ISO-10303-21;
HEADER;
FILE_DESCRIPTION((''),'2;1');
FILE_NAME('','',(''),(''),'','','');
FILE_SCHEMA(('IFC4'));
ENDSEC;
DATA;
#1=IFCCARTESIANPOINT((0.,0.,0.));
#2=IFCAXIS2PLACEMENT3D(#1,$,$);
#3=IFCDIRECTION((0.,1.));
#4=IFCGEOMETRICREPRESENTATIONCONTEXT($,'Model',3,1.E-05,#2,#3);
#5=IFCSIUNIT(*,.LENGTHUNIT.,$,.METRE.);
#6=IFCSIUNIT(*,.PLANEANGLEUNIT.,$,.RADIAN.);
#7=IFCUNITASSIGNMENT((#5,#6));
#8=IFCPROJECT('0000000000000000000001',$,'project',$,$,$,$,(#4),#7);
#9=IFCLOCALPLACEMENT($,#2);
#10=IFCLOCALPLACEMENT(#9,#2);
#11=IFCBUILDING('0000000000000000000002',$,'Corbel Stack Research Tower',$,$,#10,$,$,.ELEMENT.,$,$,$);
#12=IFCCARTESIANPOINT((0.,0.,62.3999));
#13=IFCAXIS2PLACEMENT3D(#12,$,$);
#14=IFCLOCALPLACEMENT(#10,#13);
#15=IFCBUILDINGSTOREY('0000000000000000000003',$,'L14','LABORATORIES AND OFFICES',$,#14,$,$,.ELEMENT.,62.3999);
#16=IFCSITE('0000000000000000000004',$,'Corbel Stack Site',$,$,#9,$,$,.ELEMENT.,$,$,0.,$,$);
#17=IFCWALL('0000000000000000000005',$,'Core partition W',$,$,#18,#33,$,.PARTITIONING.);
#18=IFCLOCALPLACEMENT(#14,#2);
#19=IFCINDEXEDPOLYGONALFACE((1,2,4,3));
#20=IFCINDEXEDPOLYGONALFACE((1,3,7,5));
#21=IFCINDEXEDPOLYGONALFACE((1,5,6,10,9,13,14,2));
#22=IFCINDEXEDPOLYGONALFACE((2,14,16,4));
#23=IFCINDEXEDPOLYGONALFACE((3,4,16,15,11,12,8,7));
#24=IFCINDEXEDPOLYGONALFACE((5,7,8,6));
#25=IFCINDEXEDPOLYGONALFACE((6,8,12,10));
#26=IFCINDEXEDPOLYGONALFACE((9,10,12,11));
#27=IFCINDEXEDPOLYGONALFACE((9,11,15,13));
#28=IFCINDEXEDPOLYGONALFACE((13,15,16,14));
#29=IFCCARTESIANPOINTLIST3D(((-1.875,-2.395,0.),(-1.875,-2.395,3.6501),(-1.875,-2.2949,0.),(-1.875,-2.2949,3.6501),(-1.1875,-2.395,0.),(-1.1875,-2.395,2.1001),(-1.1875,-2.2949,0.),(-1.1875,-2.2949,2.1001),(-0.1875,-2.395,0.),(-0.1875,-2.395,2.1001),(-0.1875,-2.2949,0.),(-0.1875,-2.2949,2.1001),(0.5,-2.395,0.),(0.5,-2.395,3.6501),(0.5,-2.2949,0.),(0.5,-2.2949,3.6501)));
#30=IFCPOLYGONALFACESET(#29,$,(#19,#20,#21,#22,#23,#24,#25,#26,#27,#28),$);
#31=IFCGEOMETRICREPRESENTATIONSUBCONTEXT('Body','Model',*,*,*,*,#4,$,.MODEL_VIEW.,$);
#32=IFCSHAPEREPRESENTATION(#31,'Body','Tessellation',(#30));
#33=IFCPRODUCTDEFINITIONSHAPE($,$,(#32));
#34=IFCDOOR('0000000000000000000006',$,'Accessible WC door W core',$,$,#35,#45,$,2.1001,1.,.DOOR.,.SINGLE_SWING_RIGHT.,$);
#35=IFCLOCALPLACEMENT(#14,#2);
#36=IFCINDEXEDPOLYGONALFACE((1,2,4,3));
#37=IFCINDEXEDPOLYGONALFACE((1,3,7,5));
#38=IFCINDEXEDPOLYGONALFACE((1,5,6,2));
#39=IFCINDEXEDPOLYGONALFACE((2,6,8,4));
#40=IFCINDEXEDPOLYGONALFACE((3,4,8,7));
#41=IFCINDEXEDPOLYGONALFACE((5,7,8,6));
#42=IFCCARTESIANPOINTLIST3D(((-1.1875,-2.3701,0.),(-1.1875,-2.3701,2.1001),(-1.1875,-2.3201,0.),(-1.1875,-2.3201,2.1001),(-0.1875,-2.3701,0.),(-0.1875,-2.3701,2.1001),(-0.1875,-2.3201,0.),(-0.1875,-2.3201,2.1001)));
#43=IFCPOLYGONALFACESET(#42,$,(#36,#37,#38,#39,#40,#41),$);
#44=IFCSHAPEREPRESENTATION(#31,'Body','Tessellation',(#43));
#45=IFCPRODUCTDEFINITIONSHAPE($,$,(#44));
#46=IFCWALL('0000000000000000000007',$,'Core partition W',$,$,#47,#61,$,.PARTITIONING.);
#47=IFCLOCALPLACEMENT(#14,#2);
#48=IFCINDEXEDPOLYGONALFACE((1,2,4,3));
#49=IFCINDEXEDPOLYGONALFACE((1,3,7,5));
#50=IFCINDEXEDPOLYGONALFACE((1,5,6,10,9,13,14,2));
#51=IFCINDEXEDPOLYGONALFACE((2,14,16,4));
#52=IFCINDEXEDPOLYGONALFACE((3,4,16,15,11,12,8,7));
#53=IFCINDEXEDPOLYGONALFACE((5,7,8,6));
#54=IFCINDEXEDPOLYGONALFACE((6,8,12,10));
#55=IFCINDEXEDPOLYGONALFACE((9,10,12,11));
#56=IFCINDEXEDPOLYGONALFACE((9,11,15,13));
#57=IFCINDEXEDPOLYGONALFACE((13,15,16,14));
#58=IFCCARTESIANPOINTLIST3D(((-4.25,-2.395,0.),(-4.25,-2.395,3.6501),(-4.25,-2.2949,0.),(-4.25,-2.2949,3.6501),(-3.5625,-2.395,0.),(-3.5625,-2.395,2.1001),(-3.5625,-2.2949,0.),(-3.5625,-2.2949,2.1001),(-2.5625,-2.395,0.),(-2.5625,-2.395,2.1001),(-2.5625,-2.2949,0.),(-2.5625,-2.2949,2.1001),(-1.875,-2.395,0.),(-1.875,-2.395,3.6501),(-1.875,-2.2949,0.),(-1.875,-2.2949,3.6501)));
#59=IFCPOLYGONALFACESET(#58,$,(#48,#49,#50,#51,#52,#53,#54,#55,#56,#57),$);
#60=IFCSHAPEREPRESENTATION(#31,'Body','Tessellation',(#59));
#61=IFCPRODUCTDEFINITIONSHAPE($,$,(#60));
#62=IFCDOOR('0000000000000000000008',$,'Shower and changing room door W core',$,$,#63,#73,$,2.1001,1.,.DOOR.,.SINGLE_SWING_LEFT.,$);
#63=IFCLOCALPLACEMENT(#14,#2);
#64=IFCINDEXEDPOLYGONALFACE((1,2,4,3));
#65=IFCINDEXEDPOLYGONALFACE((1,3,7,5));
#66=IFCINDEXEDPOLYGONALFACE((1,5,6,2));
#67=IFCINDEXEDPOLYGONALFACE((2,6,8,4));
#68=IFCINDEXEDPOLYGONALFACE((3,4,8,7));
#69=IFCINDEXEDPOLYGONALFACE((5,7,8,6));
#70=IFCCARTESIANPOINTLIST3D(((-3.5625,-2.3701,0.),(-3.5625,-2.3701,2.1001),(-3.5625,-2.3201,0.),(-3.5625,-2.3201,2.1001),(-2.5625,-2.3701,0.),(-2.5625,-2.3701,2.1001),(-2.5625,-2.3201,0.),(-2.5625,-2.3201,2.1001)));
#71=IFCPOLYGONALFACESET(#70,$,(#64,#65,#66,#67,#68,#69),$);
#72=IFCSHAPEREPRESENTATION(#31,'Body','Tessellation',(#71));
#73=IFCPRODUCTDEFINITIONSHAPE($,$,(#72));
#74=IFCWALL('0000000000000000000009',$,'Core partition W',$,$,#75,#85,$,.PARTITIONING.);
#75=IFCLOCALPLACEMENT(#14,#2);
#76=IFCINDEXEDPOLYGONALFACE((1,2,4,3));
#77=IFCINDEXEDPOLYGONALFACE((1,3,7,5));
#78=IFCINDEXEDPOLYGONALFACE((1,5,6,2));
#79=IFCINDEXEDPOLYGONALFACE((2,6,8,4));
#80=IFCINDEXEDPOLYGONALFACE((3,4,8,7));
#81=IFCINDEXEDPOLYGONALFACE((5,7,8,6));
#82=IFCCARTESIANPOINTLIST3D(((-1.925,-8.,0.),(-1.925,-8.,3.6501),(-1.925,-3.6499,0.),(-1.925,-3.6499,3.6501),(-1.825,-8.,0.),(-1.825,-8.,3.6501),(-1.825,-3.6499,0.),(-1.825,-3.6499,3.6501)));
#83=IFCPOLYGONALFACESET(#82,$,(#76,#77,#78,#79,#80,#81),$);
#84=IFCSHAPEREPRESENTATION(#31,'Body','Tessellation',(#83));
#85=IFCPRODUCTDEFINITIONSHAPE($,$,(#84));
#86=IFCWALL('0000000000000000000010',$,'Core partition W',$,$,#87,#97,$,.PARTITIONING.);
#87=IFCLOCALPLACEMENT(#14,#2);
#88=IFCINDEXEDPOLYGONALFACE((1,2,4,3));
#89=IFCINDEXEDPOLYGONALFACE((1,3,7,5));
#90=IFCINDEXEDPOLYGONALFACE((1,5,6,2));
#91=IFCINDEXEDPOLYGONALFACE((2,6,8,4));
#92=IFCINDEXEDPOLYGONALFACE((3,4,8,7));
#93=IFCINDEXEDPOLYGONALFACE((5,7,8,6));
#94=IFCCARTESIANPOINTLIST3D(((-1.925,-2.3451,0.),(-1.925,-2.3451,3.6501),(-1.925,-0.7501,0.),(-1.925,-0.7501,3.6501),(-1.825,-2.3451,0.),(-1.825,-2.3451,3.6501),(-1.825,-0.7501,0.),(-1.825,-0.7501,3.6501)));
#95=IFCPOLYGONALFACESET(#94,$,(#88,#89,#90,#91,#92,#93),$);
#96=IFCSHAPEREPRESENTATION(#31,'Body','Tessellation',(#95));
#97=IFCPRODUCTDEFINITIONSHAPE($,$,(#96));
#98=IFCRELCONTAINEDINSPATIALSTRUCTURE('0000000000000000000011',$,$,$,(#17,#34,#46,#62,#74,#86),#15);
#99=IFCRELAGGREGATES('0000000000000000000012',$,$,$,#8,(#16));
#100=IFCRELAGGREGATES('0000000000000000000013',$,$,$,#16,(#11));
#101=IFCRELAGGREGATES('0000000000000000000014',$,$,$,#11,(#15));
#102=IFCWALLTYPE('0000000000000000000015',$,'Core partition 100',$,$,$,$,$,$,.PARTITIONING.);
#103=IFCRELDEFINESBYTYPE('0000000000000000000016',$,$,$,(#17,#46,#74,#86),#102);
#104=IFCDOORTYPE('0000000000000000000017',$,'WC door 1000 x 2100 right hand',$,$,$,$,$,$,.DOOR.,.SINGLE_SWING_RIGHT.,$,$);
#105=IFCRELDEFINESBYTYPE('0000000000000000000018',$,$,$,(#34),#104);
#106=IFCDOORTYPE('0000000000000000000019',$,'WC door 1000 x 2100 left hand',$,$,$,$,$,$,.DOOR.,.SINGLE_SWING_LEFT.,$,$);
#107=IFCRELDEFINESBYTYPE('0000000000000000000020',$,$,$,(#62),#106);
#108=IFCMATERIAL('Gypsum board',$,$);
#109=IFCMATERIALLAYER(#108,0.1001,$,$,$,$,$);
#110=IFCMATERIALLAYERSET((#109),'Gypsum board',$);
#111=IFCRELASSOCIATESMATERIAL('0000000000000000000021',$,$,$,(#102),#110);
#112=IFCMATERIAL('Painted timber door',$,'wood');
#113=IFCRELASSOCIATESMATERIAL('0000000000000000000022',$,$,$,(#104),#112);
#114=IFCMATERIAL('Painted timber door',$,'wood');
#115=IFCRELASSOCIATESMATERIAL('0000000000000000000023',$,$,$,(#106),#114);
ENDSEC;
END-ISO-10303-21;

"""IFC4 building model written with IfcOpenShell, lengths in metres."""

from ifc_helpers import new_model, si_unit, direction, frame, frame_2d, origin, place, context, subcontext, project, spatial, rectangle, extrude, material, layer, layer_set, type_object, element, fill, save


model = new_model("IFC4")

# Units and contexts
model_context = context("Model", 3, precision=1e-05, world=origin(), true_north=direction((0.0, 1.0)))
body_context = subcontext(model_context, "Body", "Model", "MODEL_VIEW")
ifc_project = project(units=[si_unit("LENGTHUNIT", "METRE"), si_unit("PLANEANGLEUNIT", "RADIAN")], contexts=[model_context])

# Site, building, storey
site_placement = place(None, origin())
site = spatial("IfcSite", under=ifc_project, at=site_placement, Name="Corbel Stack Site", CompositionType="ELEMENT", RefElevation=0.0)
building_placement = place(site_placement, origin())
building = spatial("IfcBuilding", under=site, at=building_placement, Name="Corbel Stack Research Tower", CompositionType="ELEMENT")
storey_placement = place(building_placement, frame((0.0, 0.0, 62.3999)))
storey = spatial("IfcBuildingStorey", under=building, at=storey_placement, Name="L14", Description="LABORATORIES AND OFFICES", CompositionType="ELEMENT", Elevation=62.3999)

# Walls, openings, doors
ifc_material_1 = material(Name="Gypsum board")
ifc_layer_1 = layer(ifc_material_1, 0.1001)
ifc_layer_set_1 = layer_set([ifc_layer_1], Name="Gypsum board")
wall_type_1 = type_object("IfcWallType", Name="Core partition 100", PredefinedType="PARTITIONING", material=ifc_layer_set_1)
ifc_material_2 = material(Name="Painted timber door", Category="wood")
door_type_1 = type_object("IfcDoorType", Name="WC door 1000 x 2100 right hand", OperationType="SINGLE_SWING_RIGHT", PredefinedType="DOOR", material=ifc_material_2)
ifc_material_3 = material(Name="Painted timber door", Category="wood")
door_type_2 = type_object("IfcDoorType", Name="WC door 1000 x 2100 left hand", OperationType="SINGLE_SWING_LEFT", PredefinedType="DOOR", material=ifc_material_3)
wall_1_placement = place(storey_placement, frame((-1.875, -2.345, 0.0), z_axis=(0.0, 0.0, 1.0), x_axis=(1.0, 0.0, 0.0)))
wall_1 = element("IfcWall", 1, at=wall_1_placement, inside=storey, type_object=wall_type_1, Name="Core partition W", PredefinedType="PARTITIONING", context=body_context, shape_type="SweptSolid", body=[
    extrude(rectangle(XDim=2.375, YDim=0.1001, at=frame_2d((1.1875, 0.0))), origin(), (0.0, 0.0, 1.0), 3.6501),
])
opening_1_placement = place(wall_1_placement, frame((0.6875, 0.0, 0.0)))
opening_1 = element("IfcOpeningElement", 2, at=opening_1_placement, cuts=wall_1, PredefinedType="OPENING", context=body_context, shape_type="SweptSolid", body=[
    extrude(rectangle(XDim=1.0, YDim=2.1001, at=frame_2d((0.5, 1.05))), frame((0.0, 0.0601, 0.0), z_axis=(0.0, -1.0, 0.0), x_axis=(1.0, 0.0, 0.0)), (0.0, 0.0, 1.0), 0.1201),
])
door_1_placement = place(opening_1_placement, origin())
door_1 = element("IfcDoor", 3, at=door_1_placement, inside=storey, type_object=door_type_1, Name="Accessible WC door W core", OperationType="SINGLE_SWING_RIGHT", OverallHeight=2.1001, OverallWidth=1.0, PredefinedType="DOOR", context=body_context, shape_type="SweptSolid", body=[
    extrude(rectangle(XDim=1.0, YDim=2.1001, at=frame_2d((0.5, 1.05))), frame((0.0, 0.0249, 0.0), z_axis=(0.0, -1.0, 0.0), x_axis=(1.0, 0.0, 0.0)), (0.0, 0.0, 1.0), 0.05),
])
fill(opening_1, door_1)
wall_2_placement = place(storey_placement, frame((-4.25, -2.345, 0.0), z_axis=(0.0, 0.0, 1.0), x_axis=(1.0, 0.0, 0.0)))
wall_2 = element("IfcWall", 4, at=wall_2_placement, inside=storey, type_object=wall_type_1, Name="Core partition W", PredefinedType="PARTITIONING", context=body_context, shape_type="SweptSolid", body=[
    extrude(rectangle(XDim=2.375, YDim=0.1001, at=frame_2d((1.1875, 0.0))), origin(), (0.0, 0.0, 1.0), 3.6501),
])
opening_2_placement = place(wall_2_placement, frame((0.6875, 0.0, 0.0)))
opening_2 = element("IfcOpeningElement", 5, at=opening_2_placement, cuts=wall_2, PredefinedType="OPENING", context=body_context, shape_type="SweptSolid", body=[
    extrude(rectangle(XDim=1.0, YDim=2.1001, at=frame_2d((0.5, 1.05))), frame((0.0, 0.0601, 0.0), z_axis=(0.0, -1.0, 0.0), x_axis=(1.0, 0.0, 0.0)), (0.0, 0.0, 1.0), 0.1201),
])
door_2_placement = place(opening_2_placement, origin())
door_2 = element("IfcDoor", 6, at=door_2_placement, inside=storey, type_object=door_type_2, Name="Shower and changing room door W core", OperationType="SINGLE_SWING_LEFT", OverallHeight=2.1001, OverallWidth=1.0, PredefinedType="DOOR", context=body_context, shape_type="SweptSolid", body=[
    extrude(rectangle(XDim=1.0, YDim=2.1001, at=frame_2d((0.5, 1.05))), frame((0.0, 0.0249, 0.0), z_axis=(0.0, -1.0, 0.0), x_axis=(1.0, 0.0, 0.0)), (0.0, 0.0, 1.0), 0.05),
])
fill(opening_2, door_2)

# Walls
wall_3_placement = place(storey_placement, frame((-1.875, -8.0, 0.0), z_axis=(0.0, 0.0, 1.0), x_axis=(0.0, 1.0, 0.0)))
element("IfcWall", 7, at=wall_3_placement, inside=storey, type_object=wall_type_1, Name="Core partition W", PredefinedType="PARTITIONING", context=body_context, shape_type="SweptSolid", body=[
    extrude(rectangle(XDim=4.3501, YDim=0.1001, at=frame_2d((2.175, 0.0))), origin(), (0.0, 0.0, 1.0), 3.6501),
])
wall_4_placement = place(storey_placement, frame((-1.875, -2.345, 0.0), z_axis=(0.0, 0.0, 1.0), x_axis=(0.0, 1.0, 0.0)))
element("IfcWall", 8, at=wall_4_placement, inside=storey, type_object=wall_type_1, Name="Core partition W", PredefinedType="PARTITIONING", context=body_context, shape_type="SweptSolid", body=[
    extrude(rectangle(XDim=1.595, YDim=0.1001, at=frame_2d((0.7974, 0.0))), origin(), (0.0, 0.0, 1.0), 3.6501),
])

save(model, "model.ifc")
